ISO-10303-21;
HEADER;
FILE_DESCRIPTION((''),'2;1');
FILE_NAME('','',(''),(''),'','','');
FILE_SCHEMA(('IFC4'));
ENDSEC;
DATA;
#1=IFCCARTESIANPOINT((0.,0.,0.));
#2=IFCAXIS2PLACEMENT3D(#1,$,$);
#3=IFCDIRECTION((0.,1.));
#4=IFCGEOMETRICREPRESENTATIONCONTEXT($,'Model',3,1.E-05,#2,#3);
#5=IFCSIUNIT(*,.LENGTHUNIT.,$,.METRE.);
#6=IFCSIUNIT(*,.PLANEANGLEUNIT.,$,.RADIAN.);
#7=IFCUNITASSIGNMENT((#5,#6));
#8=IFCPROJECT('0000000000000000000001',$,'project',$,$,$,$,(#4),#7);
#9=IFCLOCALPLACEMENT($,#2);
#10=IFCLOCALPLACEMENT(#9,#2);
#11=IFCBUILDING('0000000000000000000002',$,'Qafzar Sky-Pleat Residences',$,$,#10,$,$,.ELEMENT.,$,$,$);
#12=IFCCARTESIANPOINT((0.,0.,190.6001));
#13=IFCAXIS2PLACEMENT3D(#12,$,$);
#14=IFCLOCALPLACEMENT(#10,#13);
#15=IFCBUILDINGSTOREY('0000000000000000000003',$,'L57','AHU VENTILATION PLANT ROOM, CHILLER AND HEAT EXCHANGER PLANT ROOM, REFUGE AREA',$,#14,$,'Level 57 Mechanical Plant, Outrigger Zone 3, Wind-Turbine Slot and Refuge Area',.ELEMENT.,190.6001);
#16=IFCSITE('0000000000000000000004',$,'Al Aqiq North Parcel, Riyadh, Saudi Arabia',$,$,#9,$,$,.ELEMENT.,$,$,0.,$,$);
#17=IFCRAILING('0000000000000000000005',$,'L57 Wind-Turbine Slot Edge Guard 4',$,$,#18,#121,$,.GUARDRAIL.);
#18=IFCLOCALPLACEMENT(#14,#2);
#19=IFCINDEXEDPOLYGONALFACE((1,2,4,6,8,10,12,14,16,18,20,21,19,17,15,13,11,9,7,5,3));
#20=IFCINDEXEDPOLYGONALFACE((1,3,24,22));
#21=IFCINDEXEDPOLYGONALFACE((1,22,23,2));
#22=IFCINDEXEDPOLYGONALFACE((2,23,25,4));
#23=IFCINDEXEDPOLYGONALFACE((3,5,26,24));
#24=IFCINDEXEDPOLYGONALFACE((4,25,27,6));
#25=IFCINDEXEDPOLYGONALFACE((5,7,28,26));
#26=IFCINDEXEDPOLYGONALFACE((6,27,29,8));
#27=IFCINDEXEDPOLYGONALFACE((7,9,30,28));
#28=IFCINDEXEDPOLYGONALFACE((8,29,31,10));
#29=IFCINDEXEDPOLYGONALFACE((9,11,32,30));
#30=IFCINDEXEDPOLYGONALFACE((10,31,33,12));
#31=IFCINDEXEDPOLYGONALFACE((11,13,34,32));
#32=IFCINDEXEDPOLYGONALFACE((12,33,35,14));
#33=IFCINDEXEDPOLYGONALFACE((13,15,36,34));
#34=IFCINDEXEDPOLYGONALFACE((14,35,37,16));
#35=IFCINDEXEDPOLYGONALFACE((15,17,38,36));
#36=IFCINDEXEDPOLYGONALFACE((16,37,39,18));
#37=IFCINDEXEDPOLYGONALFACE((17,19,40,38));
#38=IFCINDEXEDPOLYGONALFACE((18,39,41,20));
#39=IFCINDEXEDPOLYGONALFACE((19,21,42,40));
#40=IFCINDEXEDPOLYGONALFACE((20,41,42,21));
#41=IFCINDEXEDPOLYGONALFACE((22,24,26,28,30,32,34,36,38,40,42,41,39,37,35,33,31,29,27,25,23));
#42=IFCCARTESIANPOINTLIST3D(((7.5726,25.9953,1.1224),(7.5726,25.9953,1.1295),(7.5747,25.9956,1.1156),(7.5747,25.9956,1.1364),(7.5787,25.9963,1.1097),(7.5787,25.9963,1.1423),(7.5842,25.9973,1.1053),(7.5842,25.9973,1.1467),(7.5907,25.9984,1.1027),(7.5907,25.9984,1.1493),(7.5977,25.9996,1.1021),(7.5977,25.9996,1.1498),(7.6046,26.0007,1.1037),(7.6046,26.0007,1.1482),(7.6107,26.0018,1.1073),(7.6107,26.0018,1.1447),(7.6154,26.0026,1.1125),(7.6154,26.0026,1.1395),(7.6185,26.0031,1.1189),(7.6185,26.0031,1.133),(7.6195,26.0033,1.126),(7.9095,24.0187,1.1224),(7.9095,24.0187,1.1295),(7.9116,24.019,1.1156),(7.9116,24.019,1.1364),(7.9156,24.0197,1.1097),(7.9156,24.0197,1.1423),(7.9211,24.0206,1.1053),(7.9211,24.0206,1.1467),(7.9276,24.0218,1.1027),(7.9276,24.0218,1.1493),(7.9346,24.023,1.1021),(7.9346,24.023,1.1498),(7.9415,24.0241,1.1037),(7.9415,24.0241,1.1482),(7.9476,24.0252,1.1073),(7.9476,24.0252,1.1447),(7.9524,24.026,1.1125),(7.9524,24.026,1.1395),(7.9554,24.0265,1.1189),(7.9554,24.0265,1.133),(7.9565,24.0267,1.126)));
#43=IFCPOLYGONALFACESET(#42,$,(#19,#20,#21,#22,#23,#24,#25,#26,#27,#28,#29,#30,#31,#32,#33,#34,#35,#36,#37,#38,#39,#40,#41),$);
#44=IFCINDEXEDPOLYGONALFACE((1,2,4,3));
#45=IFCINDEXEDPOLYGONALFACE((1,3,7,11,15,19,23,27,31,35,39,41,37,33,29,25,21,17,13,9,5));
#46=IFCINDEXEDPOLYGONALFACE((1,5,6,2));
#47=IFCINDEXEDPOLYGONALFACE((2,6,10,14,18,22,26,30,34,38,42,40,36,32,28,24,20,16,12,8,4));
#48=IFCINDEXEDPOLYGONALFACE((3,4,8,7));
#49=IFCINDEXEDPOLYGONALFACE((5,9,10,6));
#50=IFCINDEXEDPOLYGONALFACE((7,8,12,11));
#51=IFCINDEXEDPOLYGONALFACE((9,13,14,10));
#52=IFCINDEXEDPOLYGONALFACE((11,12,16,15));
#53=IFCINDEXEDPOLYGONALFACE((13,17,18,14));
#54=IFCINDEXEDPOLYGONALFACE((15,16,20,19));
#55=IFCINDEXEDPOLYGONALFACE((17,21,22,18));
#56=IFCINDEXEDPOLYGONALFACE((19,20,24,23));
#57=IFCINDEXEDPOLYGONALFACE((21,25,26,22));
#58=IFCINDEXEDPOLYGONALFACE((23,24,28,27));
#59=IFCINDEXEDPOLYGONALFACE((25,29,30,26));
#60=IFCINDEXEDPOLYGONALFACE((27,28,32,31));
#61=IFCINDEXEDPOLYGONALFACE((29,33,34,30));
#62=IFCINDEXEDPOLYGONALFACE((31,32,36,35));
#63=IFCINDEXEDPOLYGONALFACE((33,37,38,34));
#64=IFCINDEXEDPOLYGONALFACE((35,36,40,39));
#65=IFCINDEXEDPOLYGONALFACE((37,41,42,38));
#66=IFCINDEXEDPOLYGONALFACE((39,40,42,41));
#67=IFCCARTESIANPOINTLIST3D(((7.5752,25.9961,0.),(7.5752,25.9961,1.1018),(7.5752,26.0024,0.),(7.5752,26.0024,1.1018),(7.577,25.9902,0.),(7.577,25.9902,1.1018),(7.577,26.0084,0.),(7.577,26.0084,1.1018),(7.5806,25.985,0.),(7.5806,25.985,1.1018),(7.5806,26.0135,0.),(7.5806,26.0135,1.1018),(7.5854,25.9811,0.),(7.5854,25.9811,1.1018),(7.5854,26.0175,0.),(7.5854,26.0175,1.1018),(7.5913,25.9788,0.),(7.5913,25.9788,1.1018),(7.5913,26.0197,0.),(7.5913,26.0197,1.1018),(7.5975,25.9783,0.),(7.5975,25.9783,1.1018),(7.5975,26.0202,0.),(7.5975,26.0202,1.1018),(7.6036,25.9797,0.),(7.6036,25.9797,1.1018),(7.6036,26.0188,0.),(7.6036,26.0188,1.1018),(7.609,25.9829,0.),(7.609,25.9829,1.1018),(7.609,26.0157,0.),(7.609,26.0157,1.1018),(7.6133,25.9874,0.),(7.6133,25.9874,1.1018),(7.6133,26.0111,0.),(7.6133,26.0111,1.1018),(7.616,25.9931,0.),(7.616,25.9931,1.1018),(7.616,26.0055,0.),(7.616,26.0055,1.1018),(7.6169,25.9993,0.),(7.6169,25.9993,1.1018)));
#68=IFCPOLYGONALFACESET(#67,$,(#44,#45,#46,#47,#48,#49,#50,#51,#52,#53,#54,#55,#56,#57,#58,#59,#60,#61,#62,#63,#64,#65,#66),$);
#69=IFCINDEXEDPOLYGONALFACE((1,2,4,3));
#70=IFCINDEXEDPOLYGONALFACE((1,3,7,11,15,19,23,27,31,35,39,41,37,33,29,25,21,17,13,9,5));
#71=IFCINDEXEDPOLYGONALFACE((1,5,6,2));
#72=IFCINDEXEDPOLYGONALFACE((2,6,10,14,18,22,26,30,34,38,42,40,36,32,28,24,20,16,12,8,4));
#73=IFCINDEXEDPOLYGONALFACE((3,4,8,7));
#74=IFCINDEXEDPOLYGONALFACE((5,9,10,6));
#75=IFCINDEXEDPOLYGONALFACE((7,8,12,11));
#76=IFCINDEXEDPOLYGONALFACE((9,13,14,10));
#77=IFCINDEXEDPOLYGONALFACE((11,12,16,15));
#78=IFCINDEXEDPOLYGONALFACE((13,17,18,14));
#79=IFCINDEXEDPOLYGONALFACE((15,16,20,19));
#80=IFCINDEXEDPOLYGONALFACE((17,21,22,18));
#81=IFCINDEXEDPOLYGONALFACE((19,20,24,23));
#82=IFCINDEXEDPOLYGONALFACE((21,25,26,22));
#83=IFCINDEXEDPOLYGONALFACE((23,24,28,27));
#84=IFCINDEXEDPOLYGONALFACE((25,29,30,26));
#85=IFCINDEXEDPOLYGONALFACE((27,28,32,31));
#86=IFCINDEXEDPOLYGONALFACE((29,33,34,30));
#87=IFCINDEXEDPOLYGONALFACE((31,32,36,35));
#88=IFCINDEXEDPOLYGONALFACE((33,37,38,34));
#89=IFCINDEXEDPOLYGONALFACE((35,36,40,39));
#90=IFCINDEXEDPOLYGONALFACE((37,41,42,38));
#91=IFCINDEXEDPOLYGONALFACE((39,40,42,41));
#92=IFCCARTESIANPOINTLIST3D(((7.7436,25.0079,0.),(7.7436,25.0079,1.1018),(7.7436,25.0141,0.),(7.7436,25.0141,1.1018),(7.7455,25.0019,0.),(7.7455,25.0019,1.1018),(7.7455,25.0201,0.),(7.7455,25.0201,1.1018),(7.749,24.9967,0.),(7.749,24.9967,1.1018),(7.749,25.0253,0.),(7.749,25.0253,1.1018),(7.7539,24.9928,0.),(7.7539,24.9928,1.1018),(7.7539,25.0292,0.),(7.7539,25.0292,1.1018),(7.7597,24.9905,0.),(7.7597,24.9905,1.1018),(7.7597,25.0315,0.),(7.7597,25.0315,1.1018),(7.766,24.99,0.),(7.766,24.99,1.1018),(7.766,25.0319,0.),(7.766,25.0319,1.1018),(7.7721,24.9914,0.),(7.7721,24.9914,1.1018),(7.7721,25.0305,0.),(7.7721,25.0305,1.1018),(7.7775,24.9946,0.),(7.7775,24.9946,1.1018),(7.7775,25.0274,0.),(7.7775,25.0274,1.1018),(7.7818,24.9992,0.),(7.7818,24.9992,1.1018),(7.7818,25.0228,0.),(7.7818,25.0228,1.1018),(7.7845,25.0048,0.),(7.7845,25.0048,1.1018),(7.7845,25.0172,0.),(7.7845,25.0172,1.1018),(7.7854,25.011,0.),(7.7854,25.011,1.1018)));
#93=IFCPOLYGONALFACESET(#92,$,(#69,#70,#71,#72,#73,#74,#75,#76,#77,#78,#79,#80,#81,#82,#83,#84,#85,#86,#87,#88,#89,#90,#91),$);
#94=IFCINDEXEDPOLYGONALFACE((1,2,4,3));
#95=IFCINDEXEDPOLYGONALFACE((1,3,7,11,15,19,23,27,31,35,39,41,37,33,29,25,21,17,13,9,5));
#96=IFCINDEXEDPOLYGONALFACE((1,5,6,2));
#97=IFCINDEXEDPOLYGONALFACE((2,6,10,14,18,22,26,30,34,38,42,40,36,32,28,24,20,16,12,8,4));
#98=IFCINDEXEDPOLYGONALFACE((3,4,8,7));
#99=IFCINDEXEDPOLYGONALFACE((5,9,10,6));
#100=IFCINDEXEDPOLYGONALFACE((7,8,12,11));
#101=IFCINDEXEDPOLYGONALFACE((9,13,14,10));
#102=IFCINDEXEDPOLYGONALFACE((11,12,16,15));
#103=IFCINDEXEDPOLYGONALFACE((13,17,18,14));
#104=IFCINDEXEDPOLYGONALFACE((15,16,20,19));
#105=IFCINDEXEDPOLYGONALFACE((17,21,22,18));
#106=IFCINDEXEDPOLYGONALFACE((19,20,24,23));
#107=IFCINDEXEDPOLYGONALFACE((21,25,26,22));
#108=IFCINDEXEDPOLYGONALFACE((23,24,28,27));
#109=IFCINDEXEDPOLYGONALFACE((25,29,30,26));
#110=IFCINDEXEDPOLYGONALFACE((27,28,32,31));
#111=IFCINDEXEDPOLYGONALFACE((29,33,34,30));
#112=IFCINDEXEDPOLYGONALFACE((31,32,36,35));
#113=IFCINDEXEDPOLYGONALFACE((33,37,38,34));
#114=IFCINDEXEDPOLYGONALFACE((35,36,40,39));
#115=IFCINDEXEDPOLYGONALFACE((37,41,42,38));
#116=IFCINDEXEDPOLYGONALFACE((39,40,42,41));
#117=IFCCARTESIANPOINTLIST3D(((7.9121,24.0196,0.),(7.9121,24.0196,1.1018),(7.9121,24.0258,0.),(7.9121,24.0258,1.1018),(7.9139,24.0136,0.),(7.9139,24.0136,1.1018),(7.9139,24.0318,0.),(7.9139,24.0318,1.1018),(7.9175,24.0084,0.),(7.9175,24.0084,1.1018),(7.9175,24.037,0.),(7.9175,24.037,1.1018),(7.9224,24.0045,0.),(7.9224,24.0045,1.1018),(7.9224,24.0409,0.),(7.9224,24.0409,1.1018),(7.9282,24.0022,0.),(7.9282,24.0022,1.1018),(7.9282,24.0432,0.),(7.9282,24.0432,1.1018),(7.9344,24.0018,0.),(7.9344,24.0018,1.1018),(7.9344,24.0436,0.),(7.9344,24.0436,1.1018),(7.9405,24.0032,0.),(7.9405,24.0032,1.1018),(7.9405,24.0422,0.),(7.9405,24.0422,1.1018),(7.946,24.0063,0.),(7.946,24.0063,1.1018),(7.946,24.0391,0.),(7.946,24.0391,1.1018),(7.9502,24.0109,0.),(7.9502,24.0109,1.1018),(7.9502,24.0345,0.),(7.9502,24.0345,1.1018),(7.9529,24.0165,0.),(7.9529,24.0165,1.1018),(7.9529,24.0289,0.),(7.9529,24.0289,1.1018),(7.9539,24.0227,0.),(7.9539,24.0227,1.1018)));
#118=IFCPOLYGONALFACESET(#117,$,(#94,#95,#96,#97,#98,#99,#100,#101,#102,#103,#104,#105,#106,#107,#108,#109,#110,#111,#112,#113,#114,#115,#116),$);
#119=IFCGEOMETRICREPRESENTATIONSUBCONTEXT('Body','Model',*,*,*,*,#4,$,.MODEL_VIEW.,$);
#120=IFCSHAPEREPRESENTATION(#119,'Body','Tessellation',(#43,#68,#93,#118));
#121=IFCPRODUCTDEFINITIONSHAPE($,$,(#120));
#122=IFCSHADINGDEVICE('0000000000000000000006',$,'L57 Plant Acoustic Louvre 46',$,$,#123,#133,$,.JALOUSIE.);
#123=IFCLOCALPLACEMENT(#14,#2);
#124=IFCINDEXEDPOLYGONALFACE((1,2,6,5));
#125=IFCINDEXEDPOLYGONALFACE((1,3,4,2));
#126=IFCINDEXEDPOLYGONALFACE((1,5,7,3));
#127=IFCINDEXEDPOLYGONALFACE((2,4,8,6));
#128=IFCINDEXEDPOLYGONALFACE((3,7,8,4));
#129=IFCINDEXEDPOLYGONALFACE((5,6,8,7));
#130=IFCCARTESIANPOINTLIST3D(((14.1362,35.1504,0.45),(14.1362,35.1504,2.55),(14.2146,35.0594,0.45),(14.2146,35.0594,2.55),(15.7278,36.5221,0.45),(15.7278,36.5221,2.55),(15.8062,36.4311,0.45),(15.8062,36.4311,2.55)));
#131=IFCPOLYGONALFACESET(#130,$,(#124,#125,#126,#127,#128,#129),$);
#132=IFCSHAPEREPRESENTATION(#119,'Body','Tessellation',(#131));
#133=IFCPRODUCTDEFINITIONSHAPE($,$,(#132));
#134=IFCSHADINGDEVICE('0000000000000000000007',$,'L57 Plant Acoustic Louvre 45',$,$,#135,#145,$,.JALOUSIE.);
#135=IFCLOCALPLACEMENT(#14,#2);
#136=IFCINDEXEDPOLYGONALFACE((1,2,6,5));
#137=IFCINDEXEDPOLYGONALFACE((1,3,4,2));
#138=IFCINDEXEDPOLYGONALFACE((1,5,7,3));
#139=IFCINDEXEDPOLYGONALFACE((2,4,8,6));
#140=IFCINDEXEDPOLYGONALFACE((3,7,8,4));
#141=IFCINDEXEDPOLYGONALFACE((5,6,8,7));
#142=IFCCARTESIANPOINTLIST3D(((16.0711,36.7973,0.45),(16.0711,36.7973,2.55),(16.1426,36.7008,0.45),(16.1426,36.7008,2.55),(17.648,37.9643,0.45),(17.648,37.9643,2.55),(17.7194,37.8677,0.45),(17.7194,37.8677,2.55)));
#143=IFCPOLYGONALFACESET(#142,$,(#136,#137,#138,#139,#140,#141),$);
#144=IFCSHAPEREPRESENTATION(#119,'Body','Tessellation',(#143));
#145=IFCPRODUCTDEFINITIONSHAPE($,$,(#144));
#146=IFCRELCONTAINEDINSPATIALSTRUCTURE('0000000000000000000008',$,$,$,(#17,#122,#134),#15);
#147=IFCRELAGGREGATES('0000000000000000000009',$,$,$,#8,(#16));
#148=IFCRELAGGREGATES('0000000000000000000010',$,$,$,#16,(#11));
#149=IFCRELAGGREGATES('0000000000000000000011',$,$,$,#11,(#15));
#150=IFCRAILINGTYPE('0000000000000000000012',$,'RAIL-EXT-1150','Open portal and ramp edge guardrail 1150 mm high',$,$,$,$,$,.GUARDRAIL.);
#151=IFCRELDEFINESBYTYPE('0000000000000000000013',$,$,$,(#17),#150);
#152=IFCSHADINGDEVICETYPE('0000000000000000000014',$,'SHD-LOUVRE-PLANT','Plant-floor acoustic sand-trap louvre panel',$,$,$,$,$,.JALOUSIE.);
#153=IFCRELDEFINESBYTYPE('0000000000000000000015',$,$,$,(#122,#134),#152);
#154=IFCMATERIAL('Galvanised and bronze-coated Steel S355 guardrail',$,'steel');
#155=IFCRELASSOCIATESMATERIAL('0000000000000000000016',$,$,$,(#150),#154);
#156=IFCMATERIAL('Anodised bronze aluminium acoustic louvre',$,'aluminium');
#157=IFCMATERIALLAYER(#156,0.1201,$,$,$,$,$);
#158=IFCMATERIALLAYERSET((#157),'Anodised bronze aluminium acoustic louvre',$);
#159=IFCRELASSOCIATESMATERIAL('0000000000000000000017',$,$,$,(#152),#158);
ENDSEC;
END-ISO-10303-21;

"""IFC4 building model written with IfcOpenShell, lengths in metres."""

from ifc_helpers import new_model, si_unit, direction, frame, origin, origin_2d, place, context, subcontext, project, spatial, rectangle, circle, extrude, source, transform, mapped, material, layer, layer_set, type_object, element, save


model = new_model("IFC4")

# Units and contexts
model_context = context("Model", 3, precision=1e-05, world=origin(), true_north=direction((0.0, 1.0)))
body_context = subcontext(model_context, "Body", "Model", "MODEL_VIEW")
ifc_project = project(units=[si_unit("LENGTHUNIT", "METRE"), si_unit("PLANEANGLEUNIT", "RADIAN")], contexts=[model_context])

# Site, building, storey
site_placement = place(None, origin())
site = spatial("IfcSite", under=ifc_project, at=site_placement, Name="Al Aqiq North Parcel, Riyadh, Saudi Arabia", CompositionType="ELEMENT", RefElevation=0.0)
building_placement = place(site_placement, origin())
building = spatial("IfcBuilding", under=site, at=building_placement, Name="Qafzar Sky-Pleat Residences", CompositionType="ELEMENT")
storey_placement = place(building_placement, frame((0.0, 0.0, 190.6001)))
storey = spatial("IfcBuildingStorey", under=building, at=storey_placement, Name="L57", Description="AHU VENTILATION PLANT ROOM, CHILLER AND HEAT EXCHANGER PLANT ROOM, REFUGE AREA", LongName="Level 57 Mechanical Plant, Outrigger Zone 3, Wind-Turbine Slot and Refuge Area", CompositionType="ELEMENT", Elevation=190.6001)

# Railing
ifc_material_1 = material(Name="Galvanised and bronze-coated Steel S355 guardrail", Category="steel")
railing_type = type_object("IfcRailingType", Name="RAIL-EXT-1150", Description="Open portal and ramp edge guardrail 1150 mm high", PredefinedType="GUARDRAIL", material=ifc_material_1)
shared_shape_1 = source(origin(), body_context, "Body", "SweptSolid", [
    extrude(circle(Radius=0.0239, at=origin_2d()), frame((0.0, 0.0, 1.126), z_axis=(0.168031, -0.985782, 0.0), x_axis=(0.985782, 0.168031, 0.0)), (0.0, 0.0, 1.0), 2.0051),
    extrude(circle(Radius=0.021, at=origin_2d()), origin(), (0.0, 0.0, 1.0), 1.1018),
    extrude(circle(Radius=0.021, at=origin_2d()), frame((0.1685, -0.9883, 0.0)), (0.0, 0.0, 1.0), 1.1018),
    extrude(circle(Radius=0.021, at=origin_2d()), frame((0.3369, -1.9766, 0.0)), (0.0, 0.0, 1.0), 1.1018),
])
railing_1_placement = place(storey_placement, frame((7.5959, 25.9993, 0.0)))
element("IfcRailing", 1, at=railing_1_placement, inside=storey, type_object=railing_type, Name="L57 Wind-Turbine Slot Edge Guard 4", PredefinedType="GUARDRAIL", context=body_context, shape_type="MappedRepresentation", body=[
    mapped(shared_shape_1, transform((0.0, 0.0, 0.0), x_axis=(1.0, 0.0, 0.0), y_axis=(0.0, 1.0, 0.0), z_axis=(0.0, 0.0, 1.0), scale=1.0)),
])

# Shading devices
ifc_material_2 = material(Name="Anodised bronze aluminium acoustic louvre", Category="aluminium")
ifc_layer_1 = layer(ifc_material_2, 0.1201)
ifc_layer_set_1 = layer_set([ifc_layer_1], Name="Anodised bronze aluminium acoustic louvre")
shading_device_type = type_object("IfcShadingDeviceType", Name="SHD-LOUVRE-PLANT", Description="Plant-floor acoustic sand-trap louvre panel", PredefinedType="JALOUSIE", material=ifc_layer_set_1)
shared_shape_2 = source(origin(), body_context, "Body", "SweptSolid", [
    extrude(rectangle(XDim=2.1011, YDim=0.1201, at=origin_2d()), origin(), (0.0, 0.0, 1.0), 2.1001),
])
shading_device_1_placement = place(storey_placement, frame((14.9712, 35.7908, 0.45), z_axis=(0.0, 0.0, 1.0), x_axis=(-0.757488, -0.652849, 0.0)))
element("IfcShadingDevice", 2, at=shading_device_1_placement, inside=storey, type_object=shading_device_type, Name="L57 Plant Acoustic Louvre 46", PredefinedType="JALOUSIE", context=body_context, shape_type="MappedRepresentation", body=[
    mapped(shared_shape_2, transform((0.0, 0.0, 0.0), x_axis=(1.0, 0.0, 0.0), y_axis=(0.0, 1.0, 0.0), z_axis=(0.0, 0.0, 1.0), scale=1.0)),
])
shared_shape_3 = source(origin(), body_context, "Body", "SweptSolid", [
    extrude(rectangle(XDim=1.9617, YDim=0.1201, at=origin_2d()), origin(), (0.0, 0.0, 1.0), 2.1001),
])
shading_device_2_placement = place(storey_placement, frame((16.8953, 37.3325, 0.45), z_axis=(0.0, 0.0, 1.0), x_axis=(-0.80383, -0.594859, 0.0)))
element("IfcShadingDevice", 3, at=shading_device_2_placement, inside=storey, type_object=shading_device_type, Name="L57 Plant Acoustic Louvre 45", PredefinedType="JALOUSIE", context=body_context, shape_type="MappedRepresentation", body=[
    mapped(shared_shape_3, transform((0.0, 0.0, 0.0), x_axis=(1.0, 0.0, 0.0), y_axis=(0.0, 1.0, 0.0), z_axis=(0.0, 0.0, 1.0), scale=1.0)),
])

save(model, "model.ifc")
